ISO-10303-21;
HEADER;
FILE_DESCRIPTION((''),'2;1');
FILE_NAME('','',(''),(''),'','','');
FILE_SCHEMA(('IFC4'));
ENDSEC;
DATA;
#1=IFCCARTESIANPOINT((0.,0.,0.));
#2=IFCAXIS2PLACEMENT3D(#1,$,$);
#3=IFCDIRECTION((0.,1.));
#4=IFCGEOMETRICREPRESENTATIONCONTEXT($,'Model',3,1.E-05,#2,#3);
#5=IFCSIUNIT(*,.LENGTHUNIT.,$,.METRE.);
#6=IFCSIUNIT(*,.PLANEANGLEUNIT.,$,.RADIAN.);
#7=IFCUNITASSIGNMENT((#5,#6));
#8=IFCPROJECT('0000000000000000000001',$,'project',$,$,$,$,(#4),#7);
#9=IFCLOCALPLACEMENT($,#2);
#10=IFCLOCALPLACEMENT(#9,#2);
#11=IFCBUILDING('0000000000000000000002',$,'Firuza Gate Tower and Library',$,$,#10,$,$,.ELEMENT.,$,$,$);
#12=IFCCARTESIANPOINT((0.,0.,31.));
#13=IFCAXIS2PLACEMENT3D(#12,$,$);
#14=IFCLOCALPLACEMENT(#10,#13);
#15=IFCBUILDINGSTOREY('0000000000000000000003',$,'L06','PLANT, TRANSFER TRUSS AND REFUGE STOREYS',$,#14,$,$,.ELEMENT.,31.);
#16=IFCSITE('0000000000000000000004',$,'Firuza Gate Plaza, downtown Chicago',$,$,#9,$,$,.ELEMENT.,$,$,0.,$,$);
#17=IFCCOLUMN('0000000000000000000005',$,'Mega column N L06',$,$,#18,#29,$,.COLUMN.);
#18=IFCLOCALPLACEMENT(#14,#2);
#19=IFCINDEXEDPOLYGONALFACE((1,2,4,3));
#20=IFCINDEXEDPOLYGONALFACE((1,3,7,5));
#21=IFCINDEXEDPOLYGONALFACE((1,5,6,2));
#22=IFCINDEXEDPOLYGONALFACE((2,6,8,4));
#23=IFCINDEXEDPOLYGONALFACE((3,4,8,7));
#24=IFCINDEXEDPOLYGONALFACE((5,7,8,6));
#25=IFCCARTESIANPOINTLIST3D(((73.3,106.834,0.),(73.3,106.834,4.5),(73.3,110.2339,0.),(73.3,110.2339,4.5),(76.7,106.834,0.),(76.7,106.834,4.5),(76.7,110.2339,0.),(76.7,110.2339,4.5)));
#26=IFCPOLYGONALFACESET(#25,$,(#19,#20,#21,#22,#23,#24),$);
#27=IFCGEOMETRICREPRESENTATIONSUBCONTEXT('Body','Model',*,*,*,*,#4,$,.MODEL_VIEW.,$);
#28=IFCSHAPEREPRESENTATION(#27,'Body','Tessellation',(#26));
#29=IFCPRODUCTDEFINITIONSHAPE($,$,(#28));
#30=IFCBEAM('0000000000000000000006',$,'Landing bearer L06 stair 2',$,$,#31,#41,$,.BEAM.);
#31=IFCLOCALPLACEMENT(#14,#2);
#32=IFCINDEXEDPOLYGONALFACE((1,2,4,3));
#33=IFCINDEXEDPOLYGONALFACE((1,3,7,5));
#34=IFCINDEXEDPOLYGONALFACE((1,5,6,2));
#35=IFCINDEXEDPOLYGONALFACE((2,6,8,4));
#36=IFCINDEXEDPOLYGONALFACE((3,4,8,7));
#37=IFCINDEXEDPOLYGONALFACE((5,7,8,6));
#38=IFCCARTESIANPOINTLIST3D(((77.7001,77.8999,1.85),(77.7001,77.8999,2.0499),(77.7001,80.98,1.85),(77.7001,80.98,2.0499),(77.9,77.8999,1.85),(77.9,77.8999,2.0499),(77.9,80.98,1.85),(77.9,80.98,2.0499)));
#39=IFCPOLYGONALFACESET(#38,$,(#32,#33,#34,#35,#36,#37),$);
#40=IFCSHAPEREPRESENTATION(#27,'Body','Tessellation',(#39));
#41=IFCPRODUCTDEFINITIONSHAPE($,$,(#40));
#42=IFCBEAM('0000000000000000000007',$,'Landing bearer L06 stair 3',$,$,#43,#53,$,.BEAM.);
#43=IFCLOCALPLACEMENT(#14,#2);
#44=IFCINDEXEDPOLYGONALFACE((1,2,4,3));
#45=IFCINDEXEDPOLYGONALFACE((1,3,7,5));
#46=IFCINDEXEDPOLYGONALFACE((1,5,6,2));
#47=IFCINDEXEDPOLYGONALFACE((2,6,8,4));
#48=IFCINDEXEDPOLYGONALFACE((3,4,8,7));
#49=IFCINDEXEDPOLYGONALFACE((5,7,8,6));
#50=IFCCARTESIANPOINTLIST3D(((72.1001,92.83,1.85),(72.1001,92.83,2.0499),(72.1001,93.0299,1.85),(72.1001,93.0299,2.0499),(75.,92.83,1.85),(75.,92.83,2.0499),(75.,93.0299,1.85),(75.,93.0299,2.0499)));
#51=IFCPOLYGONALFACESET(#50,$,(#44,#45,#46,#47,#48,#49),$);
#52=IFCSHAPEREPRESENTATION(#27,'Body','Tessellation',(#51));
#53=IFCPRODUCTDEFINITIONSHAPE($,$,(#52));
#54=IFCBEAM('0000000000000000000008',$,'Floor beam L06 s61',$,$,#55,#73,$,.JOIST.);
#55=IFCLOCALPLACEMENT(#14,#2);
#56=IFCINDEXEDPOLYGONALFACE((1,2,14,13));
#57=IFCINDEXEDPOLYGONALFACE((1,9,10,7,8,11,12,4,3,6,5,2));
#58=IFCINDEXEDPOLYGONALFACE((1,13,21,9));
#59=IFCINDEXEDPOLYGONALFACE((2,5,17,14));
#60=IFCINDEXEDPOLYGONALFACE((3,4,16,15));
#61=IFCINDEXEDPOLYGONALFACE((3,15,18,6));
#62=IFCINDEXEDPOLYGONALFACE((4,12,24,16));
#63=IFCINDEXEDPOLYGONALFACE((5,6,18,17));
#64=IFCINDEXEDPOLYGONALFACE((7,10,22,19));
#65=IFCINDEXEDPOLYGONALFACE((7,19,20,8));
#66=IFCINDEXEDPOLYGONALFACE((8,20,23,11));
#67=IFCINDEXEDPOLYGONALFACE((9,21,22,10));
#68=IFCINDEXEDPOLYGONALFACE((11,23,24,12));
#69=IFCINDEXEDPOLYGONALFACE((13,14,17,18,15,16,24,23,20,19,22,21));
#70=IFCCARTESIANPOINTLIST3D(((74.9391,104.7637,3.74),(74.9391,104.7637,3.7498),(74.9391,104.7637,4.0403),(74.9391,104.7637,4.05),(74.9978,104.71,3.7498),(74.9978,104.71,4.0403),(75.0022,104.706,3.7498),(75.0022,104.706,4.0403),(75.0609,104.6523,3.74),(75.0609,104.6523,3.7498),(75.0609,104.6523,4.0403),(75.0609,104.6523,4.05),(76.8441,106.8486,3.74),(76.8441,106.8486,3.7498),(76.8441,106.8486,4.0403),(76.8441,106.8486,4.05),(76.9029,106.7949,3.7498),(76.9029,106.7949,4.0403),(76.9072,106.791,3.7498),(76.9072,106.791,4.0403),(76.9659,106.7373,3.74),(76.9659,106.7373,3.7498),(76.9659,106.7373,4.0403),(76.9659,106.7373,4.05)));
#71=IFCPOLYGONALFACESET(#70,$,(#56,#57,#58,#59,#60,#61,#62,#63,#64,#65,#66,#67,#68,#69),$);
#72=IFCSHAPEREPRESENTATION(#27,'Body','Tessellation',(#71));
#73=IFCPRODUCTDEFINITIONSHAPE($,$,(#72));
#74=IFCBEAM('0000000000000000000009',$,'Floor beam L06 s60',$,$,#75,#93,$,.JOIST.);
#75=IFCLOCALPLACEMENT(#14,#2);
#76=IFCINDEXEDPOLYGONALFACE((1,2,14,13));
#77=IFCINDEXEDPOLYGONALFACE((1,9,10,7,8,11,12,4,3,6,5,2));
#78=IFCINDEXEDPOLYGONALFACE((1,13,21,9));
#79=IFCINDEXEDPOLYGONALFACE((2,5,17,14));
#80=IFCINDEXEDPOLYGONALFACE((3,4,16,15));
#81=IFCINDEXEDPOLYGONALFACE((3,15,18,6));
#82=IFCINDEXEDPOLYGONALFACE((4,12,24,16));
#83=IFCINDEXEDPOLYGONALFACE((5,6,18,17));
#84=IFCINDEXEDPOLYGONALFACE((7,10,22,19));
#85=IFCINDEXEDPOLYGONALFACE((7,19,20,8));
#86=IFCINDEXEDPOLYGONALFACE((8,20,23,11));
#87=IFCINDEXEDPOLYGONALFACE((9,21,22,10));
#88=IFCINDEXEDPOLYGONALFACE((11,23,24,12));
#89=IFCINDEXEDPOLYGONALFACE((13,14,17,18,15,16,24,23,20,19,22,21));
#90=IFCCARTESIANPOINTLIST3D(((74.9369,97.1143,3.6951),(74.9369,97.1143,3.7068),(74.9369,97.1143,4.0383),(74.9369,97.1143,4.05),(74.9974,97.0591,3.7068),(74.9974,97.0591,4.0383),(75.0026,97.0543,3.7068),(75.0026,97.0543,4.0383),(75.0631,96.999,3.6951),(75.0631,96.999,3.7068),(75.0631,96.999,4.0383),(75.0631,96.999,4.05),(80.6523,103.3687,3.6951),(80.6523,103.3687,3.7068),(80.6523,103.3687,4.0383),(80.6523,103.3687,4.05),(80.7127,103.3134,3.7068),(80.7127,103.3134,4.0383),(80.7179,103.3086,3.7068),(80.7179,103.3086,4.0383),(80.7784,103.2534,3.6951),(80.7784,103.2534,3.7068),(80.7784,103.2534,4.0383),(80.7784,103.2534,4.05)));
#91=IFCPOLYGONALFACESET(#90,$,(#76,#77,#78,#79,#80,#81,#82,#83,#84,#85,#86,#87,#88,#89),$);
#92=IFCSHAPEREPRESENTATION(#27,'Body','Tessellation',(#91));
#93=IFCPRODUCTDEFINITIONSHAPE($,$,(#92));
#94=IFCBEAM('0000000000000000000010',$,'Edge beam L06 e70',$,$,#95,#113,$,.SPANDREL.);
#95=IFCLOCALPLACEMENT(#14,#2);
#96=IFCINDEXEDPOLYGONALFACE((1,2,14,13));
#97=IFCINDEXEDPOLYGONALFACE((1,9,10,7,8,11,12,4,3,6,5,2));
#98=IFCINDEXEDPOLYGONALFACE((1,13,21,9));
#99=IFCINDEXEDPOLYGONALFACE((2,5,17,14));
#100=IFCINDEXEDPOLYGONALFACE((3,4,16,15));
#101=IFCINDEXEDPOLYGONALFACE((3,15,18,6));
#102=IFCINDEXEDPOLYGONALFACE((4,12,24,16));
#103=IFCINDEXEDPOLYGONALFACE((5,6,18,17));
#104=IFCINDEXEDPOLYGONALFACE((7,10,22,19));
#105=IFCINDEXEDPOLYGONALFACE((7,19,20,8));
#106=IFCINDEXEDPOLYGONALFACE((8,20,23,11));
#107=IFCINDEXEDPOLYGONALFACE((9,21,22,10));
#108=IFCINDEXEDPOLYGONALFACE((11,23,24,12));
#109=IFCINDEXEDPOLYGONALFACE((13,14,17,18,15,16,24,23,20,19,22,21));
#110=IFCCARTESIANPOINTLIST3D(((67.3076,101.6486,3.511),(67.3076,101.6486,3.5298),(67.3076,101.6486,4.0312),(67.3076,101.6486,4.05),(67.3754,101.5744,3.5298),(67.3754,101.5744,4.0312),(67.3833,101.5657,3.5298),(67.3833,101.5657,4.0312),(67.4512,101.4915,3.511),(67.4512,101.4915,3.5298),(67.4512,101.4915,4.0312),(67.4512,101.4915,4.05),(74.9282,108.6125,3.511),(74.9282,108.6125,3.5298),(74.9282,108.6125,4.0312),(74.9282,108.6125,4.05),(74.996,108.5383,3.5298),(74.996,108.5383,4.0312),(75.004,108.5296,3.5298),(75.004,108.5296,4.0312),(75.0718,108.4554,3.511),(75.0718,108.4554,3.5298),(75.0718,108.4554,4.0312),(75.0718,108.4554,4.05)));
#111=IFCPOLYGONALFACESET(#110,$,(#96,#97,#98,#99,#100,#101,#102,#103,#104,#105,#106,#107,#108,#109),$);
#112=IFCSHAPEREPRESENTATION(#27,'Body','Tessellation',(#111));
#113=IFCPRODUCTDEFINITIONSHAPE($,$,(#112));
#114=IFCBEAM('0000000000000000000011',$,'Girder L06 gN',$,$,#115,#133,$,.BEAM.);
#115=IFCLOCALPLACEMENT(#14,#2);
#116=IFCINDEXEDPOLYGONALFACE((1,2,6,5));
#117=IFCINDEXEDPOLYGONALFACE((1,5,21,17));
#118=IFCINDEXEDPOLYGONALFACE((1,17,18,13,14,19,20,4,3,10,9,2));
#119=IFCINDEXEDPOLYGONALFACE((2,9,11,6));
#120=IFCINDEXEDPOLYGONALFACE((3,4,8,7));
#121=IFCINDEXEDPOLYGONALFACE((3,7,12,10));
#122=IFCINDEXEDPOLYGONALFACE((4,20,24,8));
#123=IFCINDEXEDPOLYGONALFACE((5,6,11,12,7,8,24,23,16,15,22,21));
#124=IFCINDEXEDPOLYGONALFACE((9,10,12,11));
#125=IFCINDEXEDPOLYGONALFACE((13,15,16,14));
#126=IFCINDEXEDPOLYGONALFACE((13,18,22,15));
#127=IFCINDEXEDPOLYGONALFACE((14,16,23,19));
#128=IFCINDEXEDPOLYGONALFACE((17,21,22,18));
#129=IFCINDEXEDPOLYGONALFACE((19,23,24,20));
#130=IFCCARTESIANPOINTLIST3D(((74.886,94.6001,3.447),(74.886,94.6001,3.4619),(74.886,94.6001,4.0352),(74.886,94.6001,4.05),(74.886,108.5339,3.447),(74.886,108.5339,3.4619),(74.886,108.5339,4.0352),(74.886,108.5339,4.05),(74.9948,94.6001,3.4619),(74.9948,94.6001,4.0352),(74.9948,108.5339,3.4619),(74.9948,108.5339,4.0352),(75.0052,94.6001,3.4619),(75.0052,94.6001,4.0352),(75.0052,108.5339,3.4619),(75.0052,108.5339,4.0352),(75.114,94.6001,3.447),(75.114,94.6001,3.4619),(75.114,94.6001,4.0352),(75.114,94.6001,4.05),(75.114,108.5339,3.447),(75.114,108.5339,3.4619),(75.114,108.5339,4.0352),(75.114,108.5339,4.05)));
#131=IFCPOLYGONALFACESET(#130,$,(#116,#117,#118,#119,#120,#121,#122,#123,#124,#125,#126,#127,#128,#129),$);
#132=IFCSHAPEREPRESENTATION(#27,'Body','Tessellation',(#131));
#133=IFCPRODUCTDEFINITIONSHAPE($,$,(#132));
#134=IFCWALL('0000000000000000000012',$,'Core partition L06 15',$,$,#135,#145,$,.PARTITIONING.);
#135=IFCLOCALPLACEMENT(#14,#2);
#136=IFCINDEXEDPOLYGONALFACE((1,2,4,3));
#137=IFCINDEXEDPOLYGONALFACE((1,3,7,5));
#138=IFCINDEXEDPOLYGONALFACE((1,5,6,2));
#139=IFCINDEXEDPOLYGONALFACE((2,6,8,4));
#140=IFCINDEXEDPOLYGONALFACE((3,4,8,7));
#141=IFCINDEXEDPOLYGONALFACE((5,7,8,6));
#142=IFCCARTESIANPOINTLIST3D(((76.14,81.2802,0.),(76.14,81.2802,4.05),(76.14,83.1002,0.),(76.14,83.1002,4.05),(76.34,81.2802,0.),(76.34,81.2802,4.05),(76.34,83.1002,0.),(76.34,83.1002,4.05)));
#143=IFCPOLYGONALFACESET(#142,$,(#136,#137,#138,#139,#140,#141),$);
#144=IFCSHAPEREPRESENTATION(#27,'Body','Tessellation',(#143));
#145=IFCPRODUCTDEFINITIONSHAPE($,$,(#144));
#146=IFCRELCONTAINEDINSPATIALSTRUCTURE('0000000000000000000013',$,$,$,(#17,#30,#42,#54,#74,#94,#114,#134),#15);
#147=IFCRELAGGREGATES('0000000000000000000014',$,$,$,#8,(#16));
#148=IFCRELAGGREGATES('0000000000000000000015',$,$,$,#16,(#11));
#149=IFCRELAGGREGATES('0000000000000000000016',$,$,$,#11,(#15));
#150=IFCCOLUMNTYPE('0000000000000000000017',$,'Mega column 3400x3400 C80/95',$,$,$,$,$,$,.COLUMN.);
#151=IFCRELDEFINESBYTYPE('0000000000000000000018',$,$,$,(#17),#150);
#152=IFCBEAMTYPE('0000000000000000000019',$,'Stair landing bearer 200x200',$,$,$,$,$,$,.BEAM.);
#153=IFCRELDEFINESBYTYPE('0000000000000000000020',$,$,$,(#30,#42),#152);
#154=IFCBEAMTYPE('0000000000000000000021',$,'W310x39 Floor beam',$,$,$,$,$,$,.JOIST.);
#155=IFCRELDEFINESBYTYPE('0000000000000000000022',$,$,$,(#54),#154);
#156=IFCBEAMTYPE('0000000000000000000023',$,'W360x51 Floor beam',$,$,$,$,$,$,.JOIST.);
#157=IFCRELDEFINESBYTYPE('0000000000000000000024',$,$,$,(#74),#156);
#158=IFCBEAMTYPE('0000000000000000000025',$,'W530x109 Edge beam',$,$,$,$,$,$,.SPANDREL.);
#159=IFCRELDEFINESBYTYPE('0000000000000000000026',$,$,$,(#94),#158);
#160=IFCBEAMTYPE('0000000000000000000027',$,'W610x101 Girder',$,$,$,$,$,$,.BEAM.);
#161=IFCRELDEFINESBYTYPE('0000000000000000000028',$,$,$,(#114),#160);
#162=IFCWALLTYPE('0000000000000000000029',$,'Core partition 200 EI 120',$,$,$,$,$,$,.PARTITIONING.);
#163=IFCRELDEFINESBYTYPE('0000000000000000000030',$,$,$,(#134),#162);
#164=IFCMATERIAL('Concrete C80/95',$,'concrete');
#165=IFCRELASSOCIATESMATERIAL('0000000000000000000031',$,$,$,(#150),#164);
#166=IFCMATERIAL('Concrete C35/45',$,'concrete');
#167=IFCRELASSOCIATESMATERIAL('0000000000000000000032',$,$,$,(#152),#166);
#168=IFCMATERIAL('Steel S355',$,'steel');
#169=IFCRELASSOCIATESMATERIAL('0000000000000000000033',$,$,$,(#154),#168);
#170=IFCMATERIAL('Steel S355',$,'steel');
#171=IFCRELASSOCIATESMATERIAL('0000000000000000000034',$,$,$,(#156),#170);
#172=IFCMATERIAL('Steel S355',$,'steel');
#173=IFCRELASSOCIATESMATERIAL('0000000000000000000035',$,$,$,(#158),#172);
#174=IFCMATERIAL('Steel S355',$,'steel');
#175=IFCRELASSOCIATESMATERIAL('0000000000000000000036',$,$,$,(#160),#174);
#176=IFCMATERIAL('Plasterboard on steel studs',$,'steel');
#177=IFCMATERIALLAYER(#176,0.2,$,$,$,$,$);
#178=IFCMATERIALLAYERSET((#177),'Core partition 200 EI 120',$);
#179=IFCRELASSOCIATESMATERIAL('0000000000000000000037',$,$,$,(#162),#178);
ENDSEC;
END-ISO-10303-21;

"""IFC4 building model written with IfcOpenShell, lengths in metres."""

from ifc_helpers import new_model, si_unit, direction, frame, frame_2d, origin, origin_2d, place, context, subcontext, project, spatial, rectangle, i_section, extrude, material, layer, layer_set, material_profile, profile_set, type_object, element, save


model = new_model("IFC4")

# Units and contexts
model_context = context("Model", 3, precision=1e-05, world=origin(), true_north=direction((0.0, 1.0)))
body_context = subcontext(model_context, "Body", "Model", "MODEL_VIEW")
ifc_project = project(units=[si_unit("LENGTHUNIT", "METRE"), si_unit("PLANEANGLEUNIT", "RADIAN")], contexts=[model_context])

# Site, building, storey
site_placement = place(None, origin())
site = spatial("IfcSite", under=ifc_project, at=site_placement, Name="Firuza Gate Plaza, downtown Chicago", CompositionType="ELEMENT", RefElevation=0.0)
building_placement = place(site_placement, origin())
building = spatial("IfcBuilding", under=site, at=building_placement, Name="Firuza Gate Tower and Library", CompositionType="ELEMENT")
storey_placement = place(building_placement, frame((0.0, 0.0, 31.0)))
storey = spatial("IfcBuildingStorey", under=building, at=storey_placement, Name="L06", Description="PLANT, TRANSFER TRUSS AND REFUGE STOREYS", CompositionType="ELEMENT", Elevation=31.0)

# Column
ifc_material_1 = material(Name="Concrete C80/95", Category="concrete")
ifc_material_profile_1 = material_profile(ifc_material_1, rectangle(XDim=3.3999, YDim=3.3999, at=origin_2d()))
ifc_profile_set_1 = profile_set([ifc_material_profile_1], Name="Concrete C80/95")
column_type = type_object("IfcColumnType", Name="Mega column 3400x3400 C80/95", PredefinedType="COLUMN", material=ifc_profile_set_1)
column_placement = place(storey_placement, frame((75.0, 108.5339, 0.0), z_axis=(0.0, 0.0, 1.0), x_axis=(-1.0, 0.0, 0.0)))
element("IfcColumn", 1, at=column_placement, inside=storey, type_object=column_type, Name="Mega column N L06", PredefinedType="COLUMN", context=body_context, shape_type="SweptSolid", body=[
    extrude(rectangle(XDim=3.3999, YDim=3.3999, at=origin_2d()), origin(), (0.0, 0.0, 1.0), 4.5),
])

# Beams
ifc_material_2 = material(Name="Concrete C35/45", Category="concrete")
ifc_material_profile_2 = material_profile(ifc_material_2, rectangle(XDim=0.2, YDim=0.2, at=origin_2d()))
ifc_profile_set_2 = profile_set([ifc_material_profile_2], Name="Concrete C35/45")
beam_type_1 = type_object("IfcBeamType", Name="Stair landing bearer 200x200", PredefinedType="BEAM", material=ifc_profile_set_2)
beam_1_placement = place(storey_placement, frame((77.8, 80.98, 1.95), z_axis=(0.0, -1.0, 0.0), x_axis=(1.0, 0.0, 0.0)))
element("IfcBeam", 2, at=beam_1_placement, inside=storey, type_object=beam_type_1, Name="Landing bearer L06 stair 2", PredefinedType="BEAM", context=body_context, shape_type="SweptSolid", body=[
    extrude(rectangle(XDim=0.2, YDim=0.2, at=origin_2d()), origin(), (0.0, 0.0, 1.0), 3.0801),
])
beam_2_placement = place(storey_placement, frame((75.0, 92.9299, 1.95), z_axis=(-1.0, 0.0, 0.0), x_axis=(0.0, -1.0, 0.0)))
element("IfcBeam", 3, at=beam_2_placement, inside=storey, type_object=beam_type_1, Name="Landing bearer L06 stair 3", PredefinedType="BEAM", context=body_context, shape_type="SweptSolid", body=[
    extrude(rectangle(XDim=0.2, YDim=0.2, at=origin_2d()), origin(), (0.0, 0.0, 1.0), 2.8999),
])
ifc_material_3 = material(Name="Steel S355", Category="steel")
ifc_material_profile_3 = material_profile(ifc_material_3, i_section(OverallWidth=0.165, OverallDepth=0.3101, WebThickness=0.0059, FlangeThickness=0.0098, at=origin_2d()))
ifc_profile_set_3 = profile_set([ifc_material_profile_3], Name="Steel S355")
beam_type_2 = type_object("IfcBeamType", Name="W310x39 Floor beam", PredefinedType="JOIST", material=ifc_profile_set_3)
beam_3_placement = place(storey_placement, frame((76.905, 106.793, 3.895), z_axis=(-0.674534, -0.738244, 0.0), x_axis=(0.738244, -0.674534, 0.0)))
element("IfcBeam", 4, at=beam_3_placement, inside=storey, type_object=beam_type_2, Name="Floor beam L06 s61", PredefinedType="JOIST", context=body_context, shape_type="SweptSolid", body=[
    extrude(i_section(OverallWidth=0.165, OverallDepth=0.3101, WebThickness=0.0059, FlangeThickness=0.0098, at=origin_2d()), origin(), (0.0, 0.0, 1.0), 2.8242),
])
ifc_material_4 = material(Name="Steel S355", Category="steel")
ifc_material_profile_4 = material_profile(ifc_material_4, i_section(OverallWidth=0.1709, OverallDepth=0.355, WebThickness=0.0071, FlangeThickness=0.0117, at=origin_2d()))
ifc_profile_set_4 = profile_set([ifc_material_profile_4], Name="Steel S355")
beam_type_3 = type_object("IfcBeamType", Name="W360x51 Floor beam", PredefinedType="JOIST", material=ifc_profile_set_4)
beam_4_placement = place(storey_placement, frame((80.7153, 103.311, 3.8726), z_axis=(-0.674578, -0.738203, 0.0), x_axis=(0.738203, -0.674578, 0.0)))
element("IfcBeam", 5, at=beam_4_placement, inside=storey, type_object=beam_type_3, Name="Floor beam L06 s60", PredefinedType="JOIST", context=body_context, shape_type="SweptSolid", body=[
    extrude(i_section(OverallWidth=0.1709, OverallDepth=0.355, WebThickness=0.0071, FlangeThickness=0.0117, at=origin_2d()), origin(), (0.0, 0.0, 1.0), 8.4724),
])
ifc_material_5 = material(Name="Steel S355", Category="steel")
ifc_material_profile_5 = material_profile(ifc_material_5, i_section(OverallWidth=0.2129, OverallDepth=0.5391, WebThickness=0.0117, FlangeThickness=0.0188, at=origin_2d()))
ifc_profile_set_5 = profile_set([ifc_material_profile_5], Name="Steel S355")
beam_type_4 = type_object("IfcBeamType", Name="W530x109 Edge beam", PredefinedType="SPANDREL", material=ifc_profile_set_5)
beam_5_placement = place(storey_placement, frame((75.0, 108.5339, 3.7805), z_axis=(-0.7382, -0.674582, 0.0), x_axis=(0.674582, -0.7382, 0.0)))
element("IfcBeam", 6, at=beam_5_placement, inside=storey, type_object=beam_type_4, Name="Edge beam L06 e70", PredefinedType="SPANDREL", context=body_context, shape_type="SweptSolid", body=[
    extrude(i_section(OverallWidth=0.2129, OverallDepth=0.5391, WebThickness=0.0117, FlangeThickness=0.0188, at=origin_2d()), origin(), (0.0, 0.0, 1.0), 10.3232),
])
ifc_material_6 = material(Name="Steel S355", Category="steel")
ifc_material_profile_6 = material_profile(ifc_material_6, i_section(OverallWidth=0.228, OverallDepth=0.603, WebThickness=0.0105, FlangeThickness=0.0149, at=origin_2d()))
ifc_profile_set_6 = profile_set([ifc_material_profile_6], Name="Steel S355")
beam_type_5 = type_object("IfcBeamType", Name="W610x101 Girder", PredefinedType="BEAM", material=ifc_profile_set_6)
beam_6_placement = place(storey_placement, frame((75.0, 108.5339, 3.7485), z_axis=(0.0, -1.0, 0.0), x_axis=(1.0, 0.0, 0.0)))
element("IfcBeam", 7, at=beam_6_placement, inside=storey, type_object=beam_type_5, Name="Girder L06 gN", PredefinedType="BEAM", context=body_context, shape_type="SweptSolid", body=[
    extrude(i_section(OverallWidth=0.228, OverallDepth=0.603, WebThickness=0.0105, FlangeThickness=0.0149, at=origin_2d()), origin(), (0.0, 0.0, 1.0), 13.9338),
])

# Wall
ifc_material_7 = material(Name="Plasterboard on steel studs", Category="steel")
ifc_layer_1 = layer(ifc_material_7, 0.2)
ifc_layer_set_1 = layer_set([ifc_layer_1], Name="Core partition 200 EI 120")
wall_type_1 = type_object("IfcWallType", Name="Core partition 200 EI 120", PredefinedType="PARTITIONING", material=ifc_layer_set_1)
wall_1_placement = place(storey_placement, frame((76.24, 81.28, 0.0), z_axis=(0.0, 0.0, 1.0), x_axis=(0.0, 1.0, 0.0)))
element("IfcWall", 8, at=wall_1_placement, inside=storey, type_object=wall_type_1, Name="Core partition L06 15", PredefinedType="PARTITIONING", context=body_context, shape_type="SweptSolid", body=[
    extrude(rectangle(XDim=1.8201, YDim=0.2, at=frame_2d((0.9102, 0.0))), origin(), (0.0, 0.0, 1.0), 4.05),
])

save(model, "model.ifc")
